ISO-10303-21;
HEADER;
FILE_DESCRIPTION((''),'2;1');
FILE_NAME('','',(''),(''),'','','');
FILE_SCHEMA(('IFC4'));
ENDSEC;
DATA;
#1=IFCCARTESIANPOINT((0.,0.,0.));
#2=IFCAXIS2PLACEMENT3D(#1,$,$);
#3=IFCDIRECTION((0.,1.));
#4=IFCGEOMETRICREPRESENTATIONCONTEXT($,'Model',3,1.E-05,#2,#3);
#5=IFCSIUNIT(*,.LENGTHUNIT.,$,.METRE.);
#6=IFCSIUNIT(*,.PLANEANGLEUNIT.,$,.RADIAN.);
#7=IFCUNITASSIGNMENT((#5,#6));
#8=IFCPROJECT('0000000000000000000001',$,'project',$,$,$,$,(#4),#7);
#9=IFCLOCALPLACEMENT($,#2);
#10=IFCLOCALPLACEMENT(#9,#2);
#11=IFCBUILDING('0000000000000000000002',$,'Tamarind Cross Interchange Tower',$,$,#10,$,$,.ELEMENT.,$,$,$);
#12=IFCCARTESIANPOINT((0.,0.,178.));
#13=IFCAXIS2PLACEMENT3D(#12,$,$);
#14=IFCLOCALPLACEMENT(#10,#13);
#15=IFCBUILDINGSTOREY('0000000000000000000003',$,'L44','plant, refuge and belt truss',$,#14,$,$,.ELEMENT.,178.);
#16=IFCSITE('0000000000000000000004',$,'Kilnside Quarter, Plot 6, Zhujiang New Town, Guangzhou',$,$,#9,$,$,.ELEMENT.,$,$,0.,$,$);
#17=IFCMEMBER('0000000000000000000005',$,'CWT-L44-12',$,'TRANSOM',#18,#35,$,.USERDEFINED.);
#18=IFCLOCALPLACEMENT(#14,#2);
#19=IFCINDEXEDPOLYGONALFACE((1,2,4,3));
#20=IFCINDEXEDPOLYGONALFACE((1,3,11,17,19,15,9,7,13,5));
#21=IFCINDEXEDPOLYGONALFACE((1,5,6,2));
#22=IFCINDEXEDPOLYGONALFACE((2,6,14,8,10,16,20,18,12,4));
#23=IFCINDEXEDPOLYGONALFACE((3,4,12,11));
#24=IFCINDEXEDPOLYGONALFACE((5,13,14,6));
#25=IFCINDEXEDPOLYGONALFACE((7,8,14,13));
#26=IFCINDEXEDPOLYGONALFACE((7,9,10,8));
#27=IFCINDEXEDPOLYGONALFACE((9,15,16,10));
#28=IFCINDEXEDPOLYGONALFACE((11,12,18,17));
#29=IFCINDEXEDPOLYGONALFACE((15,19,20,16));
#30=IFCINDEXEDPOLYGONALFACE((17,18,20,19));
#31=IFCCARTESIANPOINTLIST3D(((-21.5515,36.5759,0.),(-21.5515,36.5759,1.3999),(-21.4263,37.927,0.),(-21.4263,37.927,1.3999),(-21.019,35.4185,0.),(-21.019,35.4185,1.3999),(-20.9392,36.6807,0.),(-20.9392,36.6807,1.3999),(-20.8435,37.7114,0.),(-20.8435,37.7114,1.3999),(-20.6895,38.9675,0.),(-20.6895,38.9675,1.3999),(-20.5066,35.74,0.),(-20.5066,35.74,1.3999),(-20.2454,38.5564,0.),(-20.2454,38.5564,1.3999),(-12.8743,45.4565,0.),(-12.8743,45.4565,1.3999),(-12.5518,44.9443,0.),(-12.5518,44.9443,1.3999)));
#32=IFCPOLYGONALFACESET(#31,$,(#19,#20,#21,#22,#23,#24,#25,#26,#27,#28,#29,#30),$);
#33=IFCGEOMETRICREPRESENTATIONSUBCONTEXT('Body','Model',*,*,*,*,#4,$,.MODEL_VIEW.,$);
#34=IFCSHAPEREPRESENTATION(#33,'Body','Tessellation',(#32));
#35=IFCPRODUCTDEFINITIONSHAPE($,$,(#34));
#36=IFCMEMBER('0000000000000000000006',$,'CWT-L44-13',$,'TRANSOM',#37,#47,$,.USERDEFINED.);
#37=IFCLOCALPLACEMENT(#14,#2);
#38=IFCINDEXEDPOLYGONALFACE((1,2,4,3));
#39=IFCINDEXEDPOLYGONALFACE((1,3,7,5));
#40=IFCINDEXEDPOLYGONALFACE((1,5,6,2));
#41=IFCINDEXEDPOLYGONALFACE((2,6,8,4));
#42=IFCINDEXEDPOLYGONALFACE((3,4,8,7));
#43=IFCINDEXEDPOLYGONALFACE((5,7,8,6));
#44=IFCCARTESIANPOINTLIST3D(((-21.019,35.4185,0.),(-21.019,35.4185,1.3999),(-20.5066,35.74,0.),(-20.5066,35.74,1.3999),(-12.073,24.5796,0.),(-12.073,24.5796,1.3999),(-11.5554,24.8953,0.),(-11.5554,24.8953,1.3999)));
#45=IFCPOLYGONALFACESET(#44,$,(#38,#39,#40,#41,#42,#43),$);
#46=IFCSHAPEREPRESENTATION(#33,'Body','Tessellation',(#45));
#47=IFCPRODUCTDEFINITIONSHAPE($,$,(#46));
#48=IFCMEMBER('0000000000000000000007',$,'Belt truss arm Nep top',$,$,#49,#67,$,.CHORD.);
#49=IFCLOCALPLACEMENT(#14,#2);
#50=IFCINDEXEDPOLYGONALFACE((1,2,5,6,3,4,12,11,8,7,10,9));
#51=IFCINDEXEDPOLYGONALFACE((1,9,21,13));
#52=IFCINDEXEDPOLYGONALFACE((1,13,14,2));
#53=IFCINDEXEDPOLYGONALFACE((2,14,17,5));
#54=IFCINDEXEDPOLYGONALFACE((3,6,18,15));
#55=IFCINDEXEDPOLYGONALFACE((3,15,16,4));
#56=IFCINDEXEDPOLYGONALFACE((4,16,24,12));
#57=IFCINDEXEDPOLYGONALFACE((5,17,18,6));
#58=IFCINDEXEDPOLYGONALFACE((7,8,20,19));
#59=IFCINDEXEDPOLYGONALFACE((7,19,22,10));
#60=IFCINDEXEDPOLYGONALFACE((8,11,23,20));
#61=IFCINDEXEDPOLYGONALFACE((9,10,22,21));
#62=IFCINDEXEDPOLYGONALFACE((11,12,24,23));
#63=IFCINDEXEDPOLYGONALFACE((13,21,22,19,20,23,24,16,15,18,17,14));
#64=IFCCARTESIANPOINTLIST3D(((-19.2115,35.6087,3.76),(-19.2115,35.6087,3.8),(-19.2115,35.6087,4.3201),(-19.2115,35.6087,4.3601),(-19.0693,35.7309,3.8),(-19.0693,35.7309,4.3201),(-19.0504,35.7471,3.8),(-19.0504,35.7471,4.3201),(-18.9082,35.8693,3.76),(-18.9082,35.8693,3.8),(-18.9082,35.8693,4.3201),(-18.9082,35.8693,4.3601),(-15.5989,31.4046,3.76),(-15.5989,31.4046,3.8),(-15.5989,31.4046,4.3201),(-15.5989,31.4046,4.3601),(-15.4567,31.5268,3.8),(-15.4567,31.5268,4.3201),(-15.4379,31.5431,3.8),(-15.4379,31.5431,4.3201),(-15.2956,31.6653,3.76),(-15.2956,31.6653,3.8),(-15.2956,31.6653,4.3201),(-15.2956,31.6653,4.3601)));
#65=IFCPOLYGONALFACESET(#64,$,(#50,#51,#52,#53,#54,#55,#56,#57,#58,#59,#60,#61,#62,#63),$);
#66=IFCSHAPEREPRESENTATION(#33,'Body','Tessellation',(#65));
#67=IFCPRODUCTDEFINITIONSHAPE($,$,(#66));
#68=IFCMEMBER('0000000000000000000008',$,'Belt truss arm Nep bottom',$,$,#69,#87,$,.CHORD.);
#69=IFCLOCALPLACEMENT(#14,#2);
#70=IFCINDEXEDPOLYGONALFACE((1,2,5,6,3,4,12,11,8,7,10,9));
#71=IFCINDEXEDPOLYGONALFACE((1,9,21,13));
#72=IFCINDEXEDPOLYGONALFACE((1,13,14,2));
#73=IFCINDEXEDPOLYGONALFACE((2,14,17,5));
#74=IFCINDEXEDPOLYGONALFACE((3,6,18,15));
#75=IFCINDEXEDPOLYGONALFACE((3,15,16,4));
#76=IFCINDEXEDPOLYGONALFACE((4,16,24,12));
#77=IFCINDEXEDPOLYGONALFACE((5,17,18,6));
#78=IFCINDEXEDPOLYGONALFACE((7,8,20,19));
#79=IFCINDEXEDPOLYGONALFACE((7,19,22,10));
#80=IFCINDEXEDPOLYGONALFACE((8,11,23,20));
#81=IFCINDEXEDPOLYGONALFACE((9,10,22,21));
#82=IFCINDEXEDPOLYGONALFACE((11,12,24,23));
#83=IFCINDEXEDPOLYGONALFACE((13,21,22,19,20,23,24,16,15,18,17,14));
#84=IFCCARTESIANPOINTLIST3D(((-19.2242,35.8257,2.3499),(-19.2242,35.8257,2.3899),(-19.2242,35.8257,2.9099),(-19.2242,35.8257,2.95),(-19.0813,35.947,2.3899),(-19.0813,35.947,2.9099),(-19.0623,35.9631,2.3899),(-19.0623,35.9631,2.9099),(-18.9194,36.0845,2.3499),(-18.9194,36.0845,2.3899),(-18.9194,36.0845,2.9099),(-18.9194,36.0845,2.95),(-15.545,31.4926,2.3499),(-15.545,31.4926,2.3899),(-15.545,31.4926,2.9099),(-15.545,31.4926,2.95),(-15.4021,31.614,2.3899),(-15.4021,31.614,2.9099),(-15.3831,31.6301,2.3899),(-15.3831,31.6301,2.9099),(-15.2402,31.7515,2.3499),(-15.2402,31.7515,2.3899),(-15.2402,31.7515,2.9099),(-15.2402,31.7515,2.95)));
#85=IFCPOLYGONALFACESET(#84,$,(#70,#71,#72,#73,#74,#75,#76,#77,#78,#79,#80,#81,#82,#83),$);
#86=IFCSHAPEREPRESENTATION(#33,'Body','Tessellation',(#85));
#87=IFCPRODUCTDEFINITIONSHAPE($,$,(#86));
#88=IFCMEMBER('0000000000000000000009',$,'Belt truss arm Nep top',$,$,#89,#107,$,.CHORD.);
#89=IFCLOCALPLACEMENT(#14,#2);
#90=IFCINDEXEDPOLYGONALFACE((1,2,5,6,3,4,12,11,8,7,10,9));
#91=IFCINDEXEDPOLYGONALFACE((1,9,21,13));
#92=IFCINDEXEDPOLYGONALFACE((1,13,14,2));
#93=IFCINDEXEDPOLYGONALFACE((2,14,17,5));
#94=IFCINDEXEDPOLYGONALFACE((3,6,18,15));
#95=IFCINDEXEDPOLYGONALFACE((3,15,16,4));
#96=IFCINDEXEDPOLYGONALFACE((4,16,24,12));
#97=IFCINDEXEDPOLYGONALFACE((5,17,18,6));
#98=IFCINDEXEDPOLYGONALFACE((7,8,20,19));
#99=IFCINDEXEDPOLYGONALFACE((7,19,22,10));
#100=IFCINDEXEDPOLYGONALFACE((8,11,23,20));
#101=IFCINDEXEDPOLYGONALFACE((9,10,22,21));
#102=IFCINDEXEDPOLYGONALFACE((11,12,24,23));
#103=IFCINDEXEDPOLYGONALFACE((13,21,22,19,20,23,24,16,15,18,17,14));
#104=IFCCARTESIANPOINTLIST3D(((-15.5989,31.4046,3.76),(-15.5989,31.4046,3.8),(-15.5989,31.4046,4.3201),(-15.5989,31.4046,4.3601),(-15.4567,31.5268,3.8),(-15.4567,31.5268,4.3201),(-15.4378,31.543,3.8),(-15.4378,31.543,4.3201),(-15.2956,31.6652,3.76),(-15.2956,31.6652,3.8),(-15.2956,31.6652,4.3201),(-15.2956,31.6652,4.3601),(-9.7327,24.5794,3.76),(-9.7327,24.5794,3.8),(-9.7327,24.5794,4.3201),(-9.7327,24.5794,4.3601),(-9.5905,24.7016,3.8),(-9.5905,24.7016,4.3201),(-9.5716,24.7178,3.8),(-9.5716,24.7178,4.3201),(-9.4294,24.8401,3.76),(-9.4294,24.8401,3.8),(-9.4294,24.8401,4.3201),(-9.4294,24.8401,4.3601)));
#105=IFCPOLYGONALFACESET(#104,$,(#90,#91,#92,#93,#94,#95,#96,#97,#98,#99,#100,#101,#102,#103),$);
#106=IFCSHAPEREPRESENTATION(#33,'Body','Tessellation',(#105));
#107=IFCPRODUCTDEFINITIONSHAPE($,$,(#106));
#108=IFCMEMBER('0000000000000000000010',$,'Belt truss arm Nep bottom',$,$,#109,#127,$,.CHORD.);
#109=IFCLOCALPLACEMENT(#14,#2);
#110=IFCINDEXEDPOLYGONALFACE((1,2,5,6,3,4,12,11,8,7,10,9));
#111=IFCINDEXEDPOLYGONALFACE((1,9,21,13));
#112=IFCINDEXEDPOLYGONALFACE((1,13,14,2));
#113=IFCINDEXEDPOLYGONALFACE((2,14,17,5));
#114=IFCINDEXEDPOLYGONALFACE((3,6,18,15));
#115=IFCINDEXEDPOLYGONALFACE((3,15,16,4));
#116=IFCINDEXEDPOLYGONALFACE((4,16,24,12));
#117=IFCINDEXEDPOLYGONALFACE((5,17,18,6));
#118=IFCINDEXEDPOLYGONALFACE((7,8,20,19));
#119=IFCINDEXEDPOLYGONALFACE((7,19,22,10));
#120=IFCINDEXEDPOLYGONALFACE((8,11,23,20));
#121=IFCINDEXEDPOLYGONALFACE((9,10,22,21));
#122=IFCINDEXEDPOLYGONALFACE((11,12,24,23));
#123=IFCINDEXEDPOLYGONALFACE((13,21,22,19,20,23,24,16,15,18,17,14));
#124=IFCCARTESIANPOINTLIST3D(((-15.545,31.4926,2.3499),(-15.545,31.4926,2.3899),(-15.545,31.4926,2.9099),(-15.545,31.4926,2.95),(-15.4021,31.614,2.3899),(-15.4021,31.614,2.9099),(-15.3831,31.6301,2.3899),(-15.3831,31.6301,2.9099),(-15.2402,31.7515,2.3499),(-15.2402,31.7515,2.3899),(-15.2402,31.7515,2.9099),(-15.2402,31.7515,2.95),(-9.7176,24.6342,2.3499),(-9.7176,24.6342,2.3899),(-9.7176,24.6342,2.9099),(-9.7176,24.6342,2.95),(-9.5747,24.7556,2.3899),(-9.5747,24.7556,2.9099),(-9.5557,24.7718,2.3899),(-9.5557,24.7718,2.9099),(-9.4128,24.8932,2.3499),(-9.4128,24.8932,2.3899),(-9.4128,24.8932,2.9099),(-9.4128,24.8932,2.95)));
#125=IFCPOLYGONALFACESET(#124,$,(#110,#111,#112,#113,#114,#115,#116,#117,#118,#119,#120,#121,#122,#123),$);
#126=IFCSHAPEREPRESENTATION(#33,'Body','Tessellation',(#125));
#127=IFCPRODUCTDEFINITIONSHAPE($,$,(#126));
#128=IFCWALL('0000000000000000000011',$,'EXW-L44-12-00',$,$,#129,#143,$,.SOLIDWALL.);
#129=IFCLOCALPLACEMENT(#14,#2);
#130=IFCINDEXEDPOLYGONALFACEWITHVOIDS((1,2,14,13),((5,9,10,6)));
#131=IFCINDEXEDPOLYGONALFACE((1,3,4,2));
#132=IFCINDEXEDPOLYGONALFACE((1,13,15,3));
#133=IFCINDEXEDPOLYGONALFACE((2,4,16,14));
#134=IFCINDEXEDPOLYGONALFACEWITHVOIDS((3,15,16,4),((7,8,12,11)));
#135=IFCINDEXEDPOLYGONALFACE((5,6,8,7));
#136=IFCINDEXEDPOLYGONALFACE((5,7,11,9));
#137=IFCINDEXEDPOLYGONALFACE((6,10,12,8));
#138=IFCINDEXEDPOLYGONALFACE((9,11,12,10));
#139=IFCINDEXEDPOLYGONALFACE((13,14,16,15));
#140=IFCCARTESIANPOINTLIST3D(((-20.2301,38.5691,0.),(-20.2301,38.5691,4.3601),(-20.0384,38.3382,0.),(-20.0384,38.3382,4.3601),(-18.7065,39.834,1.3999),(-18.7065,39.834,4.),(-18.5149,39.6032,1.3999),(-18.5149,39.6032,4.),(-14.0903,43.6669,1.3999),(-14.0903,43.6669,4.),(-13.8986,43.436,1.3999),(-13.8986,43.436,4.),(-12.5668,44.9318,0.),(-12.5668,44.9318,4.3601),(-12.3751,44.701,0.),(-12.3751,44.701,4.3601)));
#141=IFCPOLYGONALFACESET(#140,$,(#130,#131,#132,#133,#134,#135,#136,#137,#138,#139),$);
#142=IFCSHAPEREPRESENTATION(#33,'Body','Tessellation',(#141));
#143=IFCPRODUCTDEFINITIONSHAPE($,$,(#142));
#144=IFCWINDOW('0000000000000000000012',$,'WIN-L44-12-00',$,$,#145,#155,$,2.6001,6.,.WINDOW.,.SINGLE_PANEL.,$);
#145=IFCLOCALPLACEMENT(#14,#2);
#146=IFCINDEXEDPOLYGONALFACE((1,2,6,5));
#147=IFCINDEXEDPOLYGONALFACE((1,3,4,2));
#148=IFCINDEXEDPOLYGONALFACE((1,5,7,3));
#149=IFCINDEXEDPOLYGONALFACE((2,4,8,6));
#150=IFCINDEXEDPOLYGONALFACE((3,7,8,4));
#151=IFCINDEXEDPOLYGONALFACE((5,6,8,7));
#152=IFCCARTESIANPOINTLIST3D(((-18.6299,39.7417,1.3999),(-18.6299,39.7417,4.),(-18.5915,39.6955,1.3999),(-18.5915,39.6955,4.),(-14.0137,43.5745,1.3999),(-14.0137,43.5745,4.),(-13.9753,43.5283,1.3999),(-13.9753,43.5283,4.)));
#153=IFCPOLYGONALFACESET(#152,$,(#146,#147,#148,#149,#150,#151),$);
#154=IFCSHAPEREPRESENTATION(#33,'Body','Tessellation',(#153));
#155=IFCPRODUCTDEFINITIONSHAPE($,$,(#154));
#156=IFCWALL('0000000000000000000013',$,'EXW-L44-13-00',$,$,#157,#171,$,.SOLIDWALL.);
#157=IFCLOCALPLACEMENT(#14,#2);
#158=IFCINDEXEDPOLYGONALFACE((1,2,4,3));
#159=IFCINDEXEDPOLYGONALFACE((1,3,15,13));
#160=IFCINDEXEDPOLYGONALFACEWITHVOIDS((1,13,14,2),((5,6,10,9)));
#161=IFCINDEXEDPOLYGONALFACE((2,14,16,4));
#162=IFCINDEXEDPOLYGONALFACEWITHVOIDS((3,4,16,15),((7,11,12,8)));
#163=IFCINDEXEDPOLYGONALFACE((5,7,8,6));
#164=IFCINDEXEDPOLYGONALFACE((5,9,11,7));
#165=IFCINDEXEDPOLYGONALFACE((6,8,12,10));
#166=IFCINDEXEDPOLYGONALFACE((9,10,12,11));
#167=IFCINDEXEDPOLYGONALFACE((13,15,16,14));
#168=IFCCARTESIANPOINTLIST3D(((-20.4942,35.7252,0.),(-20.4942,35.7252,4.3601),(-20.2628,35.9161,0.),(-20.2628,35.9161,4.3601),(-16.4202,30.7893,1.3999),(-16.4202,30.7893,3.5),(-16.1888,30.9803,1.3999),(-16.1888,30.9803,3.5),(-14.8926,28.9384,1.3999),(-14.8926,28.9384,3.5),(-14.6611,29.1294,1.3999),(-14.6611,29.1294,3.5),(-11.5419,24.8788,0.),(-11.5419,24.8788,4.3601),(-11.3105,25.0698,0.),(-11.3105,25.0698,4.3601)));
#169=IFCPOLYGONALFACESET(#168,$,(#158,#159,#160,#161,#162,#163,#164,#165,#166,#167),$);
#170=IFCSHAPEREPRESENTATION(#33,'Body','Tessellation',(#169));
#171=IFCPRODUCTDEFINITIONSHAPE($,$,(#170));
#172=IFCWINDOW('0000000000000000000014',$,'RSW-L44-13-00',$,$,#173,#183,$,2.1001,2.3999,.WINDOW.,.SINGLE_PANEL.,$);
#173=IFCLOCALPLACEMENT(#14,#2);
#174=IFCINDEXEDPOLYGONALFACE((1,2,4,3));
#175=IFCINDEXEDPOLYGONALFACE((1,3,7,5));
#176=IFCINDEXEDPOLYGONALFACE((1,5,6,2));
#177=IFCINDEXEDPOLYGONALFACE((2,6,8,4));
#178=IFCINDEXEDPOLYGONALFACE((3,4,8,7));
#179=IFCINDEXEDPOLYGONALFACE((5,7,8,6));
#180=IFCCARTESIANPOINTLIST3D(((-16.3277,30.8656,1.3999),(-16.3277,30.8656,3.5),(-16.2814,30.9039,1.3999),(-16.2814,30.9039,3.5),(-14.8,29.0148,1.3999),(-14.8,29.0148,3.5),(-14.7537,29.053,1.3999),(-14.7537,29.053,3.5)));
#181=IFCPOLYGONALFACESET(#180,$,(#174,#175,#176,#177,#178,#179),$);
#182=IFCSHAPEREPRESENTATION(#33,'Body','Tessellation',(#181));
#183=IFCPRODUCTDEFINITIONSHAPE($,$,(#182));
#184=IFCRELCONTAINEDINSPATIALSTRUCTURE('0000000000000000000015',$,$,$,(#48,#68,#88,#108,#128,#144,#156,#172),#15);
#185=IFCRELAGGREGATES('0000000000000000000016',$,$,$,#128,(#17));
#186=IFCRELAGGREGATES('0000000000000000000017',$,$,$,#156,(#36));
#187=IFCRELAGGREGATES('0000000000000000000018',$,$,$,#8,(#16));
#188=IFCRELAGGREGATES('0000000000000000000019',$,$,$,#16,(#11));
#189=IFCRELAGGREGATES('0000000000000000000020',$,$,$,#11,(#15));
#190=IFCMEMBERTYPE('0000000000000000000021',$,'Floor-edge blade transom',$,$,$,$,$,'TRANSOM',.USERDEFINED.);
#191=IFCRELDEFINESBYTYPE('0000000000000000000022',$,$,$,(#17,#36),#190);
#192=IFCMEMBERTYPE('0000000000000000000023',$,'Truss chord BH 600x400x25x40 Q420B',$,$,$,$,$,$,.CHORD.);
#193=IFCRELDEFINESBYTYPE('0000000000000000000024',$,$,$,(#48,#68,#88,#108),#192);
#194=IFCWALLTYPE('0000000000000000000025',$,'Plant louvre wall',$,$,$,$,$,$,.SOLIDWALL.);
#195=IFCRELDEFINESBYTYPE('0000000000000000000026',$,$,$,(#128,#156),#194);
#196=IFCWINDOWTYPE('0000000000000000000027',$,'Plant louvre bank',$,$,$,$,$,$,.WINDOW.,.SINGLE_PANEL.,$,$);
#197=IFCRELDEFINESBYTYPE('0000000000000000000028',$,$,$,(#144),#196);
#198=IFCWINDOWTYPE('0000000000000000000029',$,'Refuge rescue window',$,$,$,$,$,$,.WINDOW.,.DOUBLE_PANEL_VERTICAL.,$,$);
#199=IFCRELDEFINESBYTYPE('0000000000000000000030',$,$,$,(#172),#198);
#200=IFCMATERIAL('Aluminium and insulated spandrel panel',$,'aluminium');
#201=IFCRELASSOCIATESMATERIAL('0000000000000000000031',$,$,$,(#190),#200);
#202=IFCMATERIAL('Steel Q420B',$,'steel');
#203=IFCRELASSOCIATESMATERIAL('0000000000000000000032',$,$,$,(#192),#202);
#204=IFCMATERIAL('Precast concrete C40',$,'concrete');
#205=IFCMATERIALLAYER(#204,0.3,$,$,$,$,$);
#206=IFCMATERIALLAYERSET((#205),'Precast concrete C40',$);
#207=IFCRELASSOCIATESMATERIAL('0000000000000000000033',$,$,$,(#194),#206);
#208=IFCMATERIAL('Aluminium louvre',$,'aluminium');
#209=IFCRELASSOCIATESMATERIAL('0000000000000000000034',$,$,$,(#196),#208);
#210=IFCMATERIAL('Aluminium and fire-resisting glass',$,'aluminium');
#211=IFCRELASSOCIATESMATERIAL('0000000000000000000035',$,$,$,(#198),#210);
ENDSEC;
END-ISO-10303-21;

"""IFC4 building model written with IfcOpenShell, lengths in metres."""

from ifc_helpers import new_model, si_unit, direction, frame, frame_2d, origin, origin_2d, place, context, subcontext, project, spatial, polyline, rectangle, i_section, outline, extrude, material, layer, layer_set, material_profile, profile_set, type_object, element, fill, aggregate, save


model = new_model("IFC4")

# Units and contexts
model_context = context("Model", 3, precision=1e-05, world=origin(), true_north=direction((0.0, 1.0)))
body_context = subcontext(model_context, "Body", "Model", "MODEL_VIEW")
ifc_project = project(units=[si_unit("LENGTHUNIT", "METRE"), si_unit("PLANEANGLEUNIT", "RADIAN")], contexts=[model_context])

# Site, building, storey
site_placement = place(None, origin())
site = spatial("IfcSite", under=ifc_project, at=site_placement, Name="Kilnside Quarter, Plot 6, Zhujiang New Town, Guangzhou", CompositionType="ELEMENT", RefElevation=0.0)
building_placement = place(site_placement, origin())
building = spatial("IfcBuilding", under=site, at=building_placement, Name="Tamarind Cross Interchange Tower", CompositionType="ELEMENT")
storey_placement = place(building_placement, frame((0.0, 0.0, 178.0)))
storey = spatial("IfcBuildingStorey", under=building, at=storey_placement, Name="L44", Description="plant, refuge and belt truss", CompositionType="ELEMENT", Elevation=178.0)

# Members
ifc_material_1 = material(Name="Aluminium and insulated spandrel panel", Category="aluminium")
member_type_1 = type_object("IfcMemberType", Name="Floor-edge blade transom", ElementType="TRANSOM", PredefinedType="USERDEFINED", material=ifc_material_1)
member_1_placement = place(storey_placement, origin())
member_1 = element("IfcMember", 1, at=member_1_placement, type_object=member_type_1, Name="CWT-L44-12", ObjectType="TRANSOM", PredefinedType="USERDEFINED", context=body_context, shape_type="SweptSolid", body=[
    extrude(outline(polyline([(-12.5518, 44.9443), (-20.2454, 38.5564), (-20.8435, 37.7114), (-20.9392, 36.6807), (-20.5066, 35.74), (-21.019, 35.4185), (-21.5515, 36.5759), (-21.4263, 37.927), (-20.6895, 38.9675), (-12.8743, 45.4565), (-12.5518, 44.9443)])), origin(), (0.0, 0.0, 1.0), 1.3999),
])
member_2_placement = place(storey_placement, origin())
member_2 = element("IfcMember", 2, at=member_2_placement, type_object=member_type_1, Name="CWT-L44-13", ObjectType="TRANSOM", PredefinedType="USERDEFINED", context=body_context, shape_type="SweptSolid", body=[
    extrude(outline(polyline([(-20.5066, 35.74), (-11.5554, 24.8953), (-12.073, 24.5796), (-21.019, 35.4185), (-20.5066, 35.74)])), origin(), (0.0, 0.0, 1.0), 1.3999),
])

# Members
ifc_material_2 = material(Name="Steel Q420B", Category="steel")
ifc_material_profile_1 = material_profile(ifc_material_2, i_section(OverallWidth=0.3999, OverallDepth=0.6001, WebThickness=0.0249, FlangeThickness=0.04, at=origin_2d()), Name="BH 600x400x25x40")
ifc_profile_set_1 = profile_set([ifc_material_profile_1], Name="Steel Q420B")
member_type_2 = type_object("IfcMemberType", Name="Truss chord BH 600x400x25x40 Q420B", PredefinedType="CHORD", material=ifc_profile_set_1)
member_3_placement = place(storey_placement, frame((-19.0598, 35.739, 4.0601), z_axis=(0.65173, -0.758451, 0.0), x_axis=(0.758451, 0.65173, 0.0)))
element("IfcMember", 3, at=member_3_placement, inside=storey, type_object=member_type_2, Name="Belt truss arm Nep top", PredefinedType="CHORD", context=body_context, shape_type="SweptSolid", body=[
    extrude(i_section(OverallWidth=0.3999, OverallDepth=0.6001, WebThickness=0.0249, FlangeThickness=0.04, at=origin_2d()), origin(), (0.0, 0.0, 1.0), 5.543),
])
member_4_placement = place(storey_placement, frame((-19.0718, 35.9551, 2.6499), z_axis=(0.647254, -0.762274, 0.0), x_axis=(0.762274, 0.647254, 0.0)))
element("IfcMember", 4, at=member_4_placement, inside=storey, type_object=member_type_2, Name="Belt truss arm Nep bottom", PredefinedType="CHORD", context=body_context, shape_type="SweptSolid", body=[
    extrude(i_section(OverallWidth=0.3999, OverallDepth=0.6001, WebThickness=0.0249, FlangeThickness=0.04, at=origin_2d()), origin(), (0.0, 0.0, 1.0), 5.6843),
])
for number, where, z_axis, x_axis, name in (
    (5, (-15.4473, 31.5349, 4.0601), (0.651818, -0.758375, 0.0), (0.758375, 0.651818, 0.0), "Belt truss arm Nep top"),
    (6, (-15.3926, 31.6221, 2.6499), (0.647504, -0.762062, 0.0), (0.762062, 0.647504, 0.0), "Belt truss arm Nep bottom"),
):
    element("IfcMember", number, at=place(storey_placement, frame(where, z_axis=z_axis, x_axis=x_axis)), inside=storey, type_object=member_type_2, Name=name, PredefinedType="CHORD", context=body_context, shape_type="SweptSolid", body=[
        extrude(i_section(OverallWidth=0.3999, OverallDepth=0.6001, WebThickness=0.0249, FlangeThickness=0.04, at=origin_2d()), origin(), (0.0, 0.0, 1.0), 8.9998),
    ])

# Walls, openings, windows
ifc_material_3 = material(Name="Precast concrete C40", Category="concrete")
ifc_layer_1 = layer(ifc_material_3, 0.3)
ifc_layer_set_1 = layer_set([ifc_layer_1], Name="Precast concrete C40")
wall_type_1 = type_object("IfcWallType", Name="Plant louvre wall", PredefinedType="SOLIDWALL", material=ifc_layer_set_1)
wall_1_placement = place(storey_placement, frame((-12.4709, 44.8164, 0.0), z_axis=(0.0, 0.0, 1.0), x_axis=(-0.769371, -0.638802, 0.0)))
wall_1 = element("IfcWall", 7, at=wall_1_placement, inside=storey, type_object=wall_type_1, Name="EXW-L44-12-00", PredefinedType="SOLIDWALL", context=body_context, shape_type="SweptSolid", body=[
    extrude(rectangle(XDim=9.9604, YDim=0.3, at=frame_2d((4.9802, 0.0))), origin(), (0.0, 0.0, 1.0), 4.3601),
])
opening_1_placement = place(wall_1_placement, frame((1.9802, 0.0, 1.3999)))
opening_1 = element("IfcOpeningElement", 8, at=opening_1_placement, cuts=wall_1, PredefinedType="OPENING", context=body_context, shape_type="SweptSolid", body=[
    extrude(rectangle(XDim=6.0, YDim=2.6001, at=frame_2d((3.0, 1.3))), frame((0.0, 0.1599, 0.0), z_axis=(0.0, -1.0, 0.0), x_axis=(1.0, 0.0, 0.0)), (0.0, 0.0, 1.0), 0.3201),
])
ifc_material_4 = material(Name="Aluminium louvre", Category="aluminium")
window_type_1 = type_object("IfcWindowType", Name="Plant louvre bank", PartitioningType="SINGLE_PANEL", PredefinedType="WINDOW", material=ifc_material_4)
window_1_placement = place(opening_1_placement, origin())
window_1 = element("IfcWindow", 9, at=window_1_placement, inside=storey, type_object=window_type_1, Name="WIN-L44-12-00", OverallHeight=2.6001, OverallWidth=6.0, PartitioningType="SINGLE_PANEL", PredefinedType="WINDOW", context=body_context, shape_type="SweptSolid", body=[
    extrude(rectangle(XDim=6.0, YDim=2.6001, at=frame_2d((3.0, 1.3))), frame((0.0, 0.03, 0.0), z_axis=(0.0, -1.0, 0.0), x_axis=(1.0, 0.0, 0.0)), (0.0, 0.0, 1.0), 0.0601),
])
fill(opening_1, window_1)
aggregate(wall_1, [member_1])
wall_2_placement = place(storey_placement, frame((-20.3784, 35.8206, 0.0), z_axis=(0.0, 0.0, 1.0), x_axis=(0.636556, -0.771231, 0.0)))
wall_2 = element("IfcWall", 10, at=wall_2_placement, inside=storey, type_object=wall_type_1, Name="EXW-L44-13-00", PredefinedType="SOLIDWALL", context=body_context, shape_type="SweptSolid", body=[
    extrude(rectangle(XDim=14.0637, YDim=0.3, at=frame_2d((7.0317, 0.0))), origin(), (0.0, 0.0, 1.0), 4.3601),
])
opening_2_placement = place(wall_2_placement, frame((6.3999, 0.0, 1.3999)))
opening_2 = element("IfcOpeningElement", 11, at=opening_2_placement, cuts=wall_2, PredefinedType="OPENING", context=body_context, shape_type="SweptSolid", body=[
    extrude(rectangle(XDim=2.3999, YDim=2.1001, at=frame_2d((1.2, 1.05))), frame((0.0, 0.1599, 0.0), z_axis=(0.0, -1.0, 0.0), x_axis=(1.0, 0.0, 0.0)), (0.0, 0.0, 1.0), 0.3201),
])
ifc_material_5 = material(Name="Aluminium and fire-resisting glass", Category="aluminium")
window_type_2 = type_object("IfcWindowType", Name="Refuge rescue window", PartitioningType="DOUBLE_PANEL_VERTICAL", PredefinedType="WINDOW", material=ifc_material_5)
window_2_placement = place(opening_2_placement, origin())
window_2 = element("IfcWindow", 12, at=window_2_placement, inside=storey, type_object=window_type_2, Name="RSW-L44-13-00", OverallHeight=2.1001, OverallWidth=2.3999, PartitioningType="SINGLE_PANEL", PredefinedType="WINDOW", context=body_context, shape_type="SweptSolid", body=[
    extrude(rectangle(XDim=2.3999, YDim=2.1001, at=frame_2d((1.2, 1.05))), frame((0.0, 0.03, 0.0), z_axis=(0.0, -1.0, 0.0), x_axis=(1.0, 0.0, 0.0)), (0.0, 0.0, 1.0), 0.0601),
])
fill(opening_2, window_2)
aggregate(wall_2, [member_2])

save(model, "model.ifc")
